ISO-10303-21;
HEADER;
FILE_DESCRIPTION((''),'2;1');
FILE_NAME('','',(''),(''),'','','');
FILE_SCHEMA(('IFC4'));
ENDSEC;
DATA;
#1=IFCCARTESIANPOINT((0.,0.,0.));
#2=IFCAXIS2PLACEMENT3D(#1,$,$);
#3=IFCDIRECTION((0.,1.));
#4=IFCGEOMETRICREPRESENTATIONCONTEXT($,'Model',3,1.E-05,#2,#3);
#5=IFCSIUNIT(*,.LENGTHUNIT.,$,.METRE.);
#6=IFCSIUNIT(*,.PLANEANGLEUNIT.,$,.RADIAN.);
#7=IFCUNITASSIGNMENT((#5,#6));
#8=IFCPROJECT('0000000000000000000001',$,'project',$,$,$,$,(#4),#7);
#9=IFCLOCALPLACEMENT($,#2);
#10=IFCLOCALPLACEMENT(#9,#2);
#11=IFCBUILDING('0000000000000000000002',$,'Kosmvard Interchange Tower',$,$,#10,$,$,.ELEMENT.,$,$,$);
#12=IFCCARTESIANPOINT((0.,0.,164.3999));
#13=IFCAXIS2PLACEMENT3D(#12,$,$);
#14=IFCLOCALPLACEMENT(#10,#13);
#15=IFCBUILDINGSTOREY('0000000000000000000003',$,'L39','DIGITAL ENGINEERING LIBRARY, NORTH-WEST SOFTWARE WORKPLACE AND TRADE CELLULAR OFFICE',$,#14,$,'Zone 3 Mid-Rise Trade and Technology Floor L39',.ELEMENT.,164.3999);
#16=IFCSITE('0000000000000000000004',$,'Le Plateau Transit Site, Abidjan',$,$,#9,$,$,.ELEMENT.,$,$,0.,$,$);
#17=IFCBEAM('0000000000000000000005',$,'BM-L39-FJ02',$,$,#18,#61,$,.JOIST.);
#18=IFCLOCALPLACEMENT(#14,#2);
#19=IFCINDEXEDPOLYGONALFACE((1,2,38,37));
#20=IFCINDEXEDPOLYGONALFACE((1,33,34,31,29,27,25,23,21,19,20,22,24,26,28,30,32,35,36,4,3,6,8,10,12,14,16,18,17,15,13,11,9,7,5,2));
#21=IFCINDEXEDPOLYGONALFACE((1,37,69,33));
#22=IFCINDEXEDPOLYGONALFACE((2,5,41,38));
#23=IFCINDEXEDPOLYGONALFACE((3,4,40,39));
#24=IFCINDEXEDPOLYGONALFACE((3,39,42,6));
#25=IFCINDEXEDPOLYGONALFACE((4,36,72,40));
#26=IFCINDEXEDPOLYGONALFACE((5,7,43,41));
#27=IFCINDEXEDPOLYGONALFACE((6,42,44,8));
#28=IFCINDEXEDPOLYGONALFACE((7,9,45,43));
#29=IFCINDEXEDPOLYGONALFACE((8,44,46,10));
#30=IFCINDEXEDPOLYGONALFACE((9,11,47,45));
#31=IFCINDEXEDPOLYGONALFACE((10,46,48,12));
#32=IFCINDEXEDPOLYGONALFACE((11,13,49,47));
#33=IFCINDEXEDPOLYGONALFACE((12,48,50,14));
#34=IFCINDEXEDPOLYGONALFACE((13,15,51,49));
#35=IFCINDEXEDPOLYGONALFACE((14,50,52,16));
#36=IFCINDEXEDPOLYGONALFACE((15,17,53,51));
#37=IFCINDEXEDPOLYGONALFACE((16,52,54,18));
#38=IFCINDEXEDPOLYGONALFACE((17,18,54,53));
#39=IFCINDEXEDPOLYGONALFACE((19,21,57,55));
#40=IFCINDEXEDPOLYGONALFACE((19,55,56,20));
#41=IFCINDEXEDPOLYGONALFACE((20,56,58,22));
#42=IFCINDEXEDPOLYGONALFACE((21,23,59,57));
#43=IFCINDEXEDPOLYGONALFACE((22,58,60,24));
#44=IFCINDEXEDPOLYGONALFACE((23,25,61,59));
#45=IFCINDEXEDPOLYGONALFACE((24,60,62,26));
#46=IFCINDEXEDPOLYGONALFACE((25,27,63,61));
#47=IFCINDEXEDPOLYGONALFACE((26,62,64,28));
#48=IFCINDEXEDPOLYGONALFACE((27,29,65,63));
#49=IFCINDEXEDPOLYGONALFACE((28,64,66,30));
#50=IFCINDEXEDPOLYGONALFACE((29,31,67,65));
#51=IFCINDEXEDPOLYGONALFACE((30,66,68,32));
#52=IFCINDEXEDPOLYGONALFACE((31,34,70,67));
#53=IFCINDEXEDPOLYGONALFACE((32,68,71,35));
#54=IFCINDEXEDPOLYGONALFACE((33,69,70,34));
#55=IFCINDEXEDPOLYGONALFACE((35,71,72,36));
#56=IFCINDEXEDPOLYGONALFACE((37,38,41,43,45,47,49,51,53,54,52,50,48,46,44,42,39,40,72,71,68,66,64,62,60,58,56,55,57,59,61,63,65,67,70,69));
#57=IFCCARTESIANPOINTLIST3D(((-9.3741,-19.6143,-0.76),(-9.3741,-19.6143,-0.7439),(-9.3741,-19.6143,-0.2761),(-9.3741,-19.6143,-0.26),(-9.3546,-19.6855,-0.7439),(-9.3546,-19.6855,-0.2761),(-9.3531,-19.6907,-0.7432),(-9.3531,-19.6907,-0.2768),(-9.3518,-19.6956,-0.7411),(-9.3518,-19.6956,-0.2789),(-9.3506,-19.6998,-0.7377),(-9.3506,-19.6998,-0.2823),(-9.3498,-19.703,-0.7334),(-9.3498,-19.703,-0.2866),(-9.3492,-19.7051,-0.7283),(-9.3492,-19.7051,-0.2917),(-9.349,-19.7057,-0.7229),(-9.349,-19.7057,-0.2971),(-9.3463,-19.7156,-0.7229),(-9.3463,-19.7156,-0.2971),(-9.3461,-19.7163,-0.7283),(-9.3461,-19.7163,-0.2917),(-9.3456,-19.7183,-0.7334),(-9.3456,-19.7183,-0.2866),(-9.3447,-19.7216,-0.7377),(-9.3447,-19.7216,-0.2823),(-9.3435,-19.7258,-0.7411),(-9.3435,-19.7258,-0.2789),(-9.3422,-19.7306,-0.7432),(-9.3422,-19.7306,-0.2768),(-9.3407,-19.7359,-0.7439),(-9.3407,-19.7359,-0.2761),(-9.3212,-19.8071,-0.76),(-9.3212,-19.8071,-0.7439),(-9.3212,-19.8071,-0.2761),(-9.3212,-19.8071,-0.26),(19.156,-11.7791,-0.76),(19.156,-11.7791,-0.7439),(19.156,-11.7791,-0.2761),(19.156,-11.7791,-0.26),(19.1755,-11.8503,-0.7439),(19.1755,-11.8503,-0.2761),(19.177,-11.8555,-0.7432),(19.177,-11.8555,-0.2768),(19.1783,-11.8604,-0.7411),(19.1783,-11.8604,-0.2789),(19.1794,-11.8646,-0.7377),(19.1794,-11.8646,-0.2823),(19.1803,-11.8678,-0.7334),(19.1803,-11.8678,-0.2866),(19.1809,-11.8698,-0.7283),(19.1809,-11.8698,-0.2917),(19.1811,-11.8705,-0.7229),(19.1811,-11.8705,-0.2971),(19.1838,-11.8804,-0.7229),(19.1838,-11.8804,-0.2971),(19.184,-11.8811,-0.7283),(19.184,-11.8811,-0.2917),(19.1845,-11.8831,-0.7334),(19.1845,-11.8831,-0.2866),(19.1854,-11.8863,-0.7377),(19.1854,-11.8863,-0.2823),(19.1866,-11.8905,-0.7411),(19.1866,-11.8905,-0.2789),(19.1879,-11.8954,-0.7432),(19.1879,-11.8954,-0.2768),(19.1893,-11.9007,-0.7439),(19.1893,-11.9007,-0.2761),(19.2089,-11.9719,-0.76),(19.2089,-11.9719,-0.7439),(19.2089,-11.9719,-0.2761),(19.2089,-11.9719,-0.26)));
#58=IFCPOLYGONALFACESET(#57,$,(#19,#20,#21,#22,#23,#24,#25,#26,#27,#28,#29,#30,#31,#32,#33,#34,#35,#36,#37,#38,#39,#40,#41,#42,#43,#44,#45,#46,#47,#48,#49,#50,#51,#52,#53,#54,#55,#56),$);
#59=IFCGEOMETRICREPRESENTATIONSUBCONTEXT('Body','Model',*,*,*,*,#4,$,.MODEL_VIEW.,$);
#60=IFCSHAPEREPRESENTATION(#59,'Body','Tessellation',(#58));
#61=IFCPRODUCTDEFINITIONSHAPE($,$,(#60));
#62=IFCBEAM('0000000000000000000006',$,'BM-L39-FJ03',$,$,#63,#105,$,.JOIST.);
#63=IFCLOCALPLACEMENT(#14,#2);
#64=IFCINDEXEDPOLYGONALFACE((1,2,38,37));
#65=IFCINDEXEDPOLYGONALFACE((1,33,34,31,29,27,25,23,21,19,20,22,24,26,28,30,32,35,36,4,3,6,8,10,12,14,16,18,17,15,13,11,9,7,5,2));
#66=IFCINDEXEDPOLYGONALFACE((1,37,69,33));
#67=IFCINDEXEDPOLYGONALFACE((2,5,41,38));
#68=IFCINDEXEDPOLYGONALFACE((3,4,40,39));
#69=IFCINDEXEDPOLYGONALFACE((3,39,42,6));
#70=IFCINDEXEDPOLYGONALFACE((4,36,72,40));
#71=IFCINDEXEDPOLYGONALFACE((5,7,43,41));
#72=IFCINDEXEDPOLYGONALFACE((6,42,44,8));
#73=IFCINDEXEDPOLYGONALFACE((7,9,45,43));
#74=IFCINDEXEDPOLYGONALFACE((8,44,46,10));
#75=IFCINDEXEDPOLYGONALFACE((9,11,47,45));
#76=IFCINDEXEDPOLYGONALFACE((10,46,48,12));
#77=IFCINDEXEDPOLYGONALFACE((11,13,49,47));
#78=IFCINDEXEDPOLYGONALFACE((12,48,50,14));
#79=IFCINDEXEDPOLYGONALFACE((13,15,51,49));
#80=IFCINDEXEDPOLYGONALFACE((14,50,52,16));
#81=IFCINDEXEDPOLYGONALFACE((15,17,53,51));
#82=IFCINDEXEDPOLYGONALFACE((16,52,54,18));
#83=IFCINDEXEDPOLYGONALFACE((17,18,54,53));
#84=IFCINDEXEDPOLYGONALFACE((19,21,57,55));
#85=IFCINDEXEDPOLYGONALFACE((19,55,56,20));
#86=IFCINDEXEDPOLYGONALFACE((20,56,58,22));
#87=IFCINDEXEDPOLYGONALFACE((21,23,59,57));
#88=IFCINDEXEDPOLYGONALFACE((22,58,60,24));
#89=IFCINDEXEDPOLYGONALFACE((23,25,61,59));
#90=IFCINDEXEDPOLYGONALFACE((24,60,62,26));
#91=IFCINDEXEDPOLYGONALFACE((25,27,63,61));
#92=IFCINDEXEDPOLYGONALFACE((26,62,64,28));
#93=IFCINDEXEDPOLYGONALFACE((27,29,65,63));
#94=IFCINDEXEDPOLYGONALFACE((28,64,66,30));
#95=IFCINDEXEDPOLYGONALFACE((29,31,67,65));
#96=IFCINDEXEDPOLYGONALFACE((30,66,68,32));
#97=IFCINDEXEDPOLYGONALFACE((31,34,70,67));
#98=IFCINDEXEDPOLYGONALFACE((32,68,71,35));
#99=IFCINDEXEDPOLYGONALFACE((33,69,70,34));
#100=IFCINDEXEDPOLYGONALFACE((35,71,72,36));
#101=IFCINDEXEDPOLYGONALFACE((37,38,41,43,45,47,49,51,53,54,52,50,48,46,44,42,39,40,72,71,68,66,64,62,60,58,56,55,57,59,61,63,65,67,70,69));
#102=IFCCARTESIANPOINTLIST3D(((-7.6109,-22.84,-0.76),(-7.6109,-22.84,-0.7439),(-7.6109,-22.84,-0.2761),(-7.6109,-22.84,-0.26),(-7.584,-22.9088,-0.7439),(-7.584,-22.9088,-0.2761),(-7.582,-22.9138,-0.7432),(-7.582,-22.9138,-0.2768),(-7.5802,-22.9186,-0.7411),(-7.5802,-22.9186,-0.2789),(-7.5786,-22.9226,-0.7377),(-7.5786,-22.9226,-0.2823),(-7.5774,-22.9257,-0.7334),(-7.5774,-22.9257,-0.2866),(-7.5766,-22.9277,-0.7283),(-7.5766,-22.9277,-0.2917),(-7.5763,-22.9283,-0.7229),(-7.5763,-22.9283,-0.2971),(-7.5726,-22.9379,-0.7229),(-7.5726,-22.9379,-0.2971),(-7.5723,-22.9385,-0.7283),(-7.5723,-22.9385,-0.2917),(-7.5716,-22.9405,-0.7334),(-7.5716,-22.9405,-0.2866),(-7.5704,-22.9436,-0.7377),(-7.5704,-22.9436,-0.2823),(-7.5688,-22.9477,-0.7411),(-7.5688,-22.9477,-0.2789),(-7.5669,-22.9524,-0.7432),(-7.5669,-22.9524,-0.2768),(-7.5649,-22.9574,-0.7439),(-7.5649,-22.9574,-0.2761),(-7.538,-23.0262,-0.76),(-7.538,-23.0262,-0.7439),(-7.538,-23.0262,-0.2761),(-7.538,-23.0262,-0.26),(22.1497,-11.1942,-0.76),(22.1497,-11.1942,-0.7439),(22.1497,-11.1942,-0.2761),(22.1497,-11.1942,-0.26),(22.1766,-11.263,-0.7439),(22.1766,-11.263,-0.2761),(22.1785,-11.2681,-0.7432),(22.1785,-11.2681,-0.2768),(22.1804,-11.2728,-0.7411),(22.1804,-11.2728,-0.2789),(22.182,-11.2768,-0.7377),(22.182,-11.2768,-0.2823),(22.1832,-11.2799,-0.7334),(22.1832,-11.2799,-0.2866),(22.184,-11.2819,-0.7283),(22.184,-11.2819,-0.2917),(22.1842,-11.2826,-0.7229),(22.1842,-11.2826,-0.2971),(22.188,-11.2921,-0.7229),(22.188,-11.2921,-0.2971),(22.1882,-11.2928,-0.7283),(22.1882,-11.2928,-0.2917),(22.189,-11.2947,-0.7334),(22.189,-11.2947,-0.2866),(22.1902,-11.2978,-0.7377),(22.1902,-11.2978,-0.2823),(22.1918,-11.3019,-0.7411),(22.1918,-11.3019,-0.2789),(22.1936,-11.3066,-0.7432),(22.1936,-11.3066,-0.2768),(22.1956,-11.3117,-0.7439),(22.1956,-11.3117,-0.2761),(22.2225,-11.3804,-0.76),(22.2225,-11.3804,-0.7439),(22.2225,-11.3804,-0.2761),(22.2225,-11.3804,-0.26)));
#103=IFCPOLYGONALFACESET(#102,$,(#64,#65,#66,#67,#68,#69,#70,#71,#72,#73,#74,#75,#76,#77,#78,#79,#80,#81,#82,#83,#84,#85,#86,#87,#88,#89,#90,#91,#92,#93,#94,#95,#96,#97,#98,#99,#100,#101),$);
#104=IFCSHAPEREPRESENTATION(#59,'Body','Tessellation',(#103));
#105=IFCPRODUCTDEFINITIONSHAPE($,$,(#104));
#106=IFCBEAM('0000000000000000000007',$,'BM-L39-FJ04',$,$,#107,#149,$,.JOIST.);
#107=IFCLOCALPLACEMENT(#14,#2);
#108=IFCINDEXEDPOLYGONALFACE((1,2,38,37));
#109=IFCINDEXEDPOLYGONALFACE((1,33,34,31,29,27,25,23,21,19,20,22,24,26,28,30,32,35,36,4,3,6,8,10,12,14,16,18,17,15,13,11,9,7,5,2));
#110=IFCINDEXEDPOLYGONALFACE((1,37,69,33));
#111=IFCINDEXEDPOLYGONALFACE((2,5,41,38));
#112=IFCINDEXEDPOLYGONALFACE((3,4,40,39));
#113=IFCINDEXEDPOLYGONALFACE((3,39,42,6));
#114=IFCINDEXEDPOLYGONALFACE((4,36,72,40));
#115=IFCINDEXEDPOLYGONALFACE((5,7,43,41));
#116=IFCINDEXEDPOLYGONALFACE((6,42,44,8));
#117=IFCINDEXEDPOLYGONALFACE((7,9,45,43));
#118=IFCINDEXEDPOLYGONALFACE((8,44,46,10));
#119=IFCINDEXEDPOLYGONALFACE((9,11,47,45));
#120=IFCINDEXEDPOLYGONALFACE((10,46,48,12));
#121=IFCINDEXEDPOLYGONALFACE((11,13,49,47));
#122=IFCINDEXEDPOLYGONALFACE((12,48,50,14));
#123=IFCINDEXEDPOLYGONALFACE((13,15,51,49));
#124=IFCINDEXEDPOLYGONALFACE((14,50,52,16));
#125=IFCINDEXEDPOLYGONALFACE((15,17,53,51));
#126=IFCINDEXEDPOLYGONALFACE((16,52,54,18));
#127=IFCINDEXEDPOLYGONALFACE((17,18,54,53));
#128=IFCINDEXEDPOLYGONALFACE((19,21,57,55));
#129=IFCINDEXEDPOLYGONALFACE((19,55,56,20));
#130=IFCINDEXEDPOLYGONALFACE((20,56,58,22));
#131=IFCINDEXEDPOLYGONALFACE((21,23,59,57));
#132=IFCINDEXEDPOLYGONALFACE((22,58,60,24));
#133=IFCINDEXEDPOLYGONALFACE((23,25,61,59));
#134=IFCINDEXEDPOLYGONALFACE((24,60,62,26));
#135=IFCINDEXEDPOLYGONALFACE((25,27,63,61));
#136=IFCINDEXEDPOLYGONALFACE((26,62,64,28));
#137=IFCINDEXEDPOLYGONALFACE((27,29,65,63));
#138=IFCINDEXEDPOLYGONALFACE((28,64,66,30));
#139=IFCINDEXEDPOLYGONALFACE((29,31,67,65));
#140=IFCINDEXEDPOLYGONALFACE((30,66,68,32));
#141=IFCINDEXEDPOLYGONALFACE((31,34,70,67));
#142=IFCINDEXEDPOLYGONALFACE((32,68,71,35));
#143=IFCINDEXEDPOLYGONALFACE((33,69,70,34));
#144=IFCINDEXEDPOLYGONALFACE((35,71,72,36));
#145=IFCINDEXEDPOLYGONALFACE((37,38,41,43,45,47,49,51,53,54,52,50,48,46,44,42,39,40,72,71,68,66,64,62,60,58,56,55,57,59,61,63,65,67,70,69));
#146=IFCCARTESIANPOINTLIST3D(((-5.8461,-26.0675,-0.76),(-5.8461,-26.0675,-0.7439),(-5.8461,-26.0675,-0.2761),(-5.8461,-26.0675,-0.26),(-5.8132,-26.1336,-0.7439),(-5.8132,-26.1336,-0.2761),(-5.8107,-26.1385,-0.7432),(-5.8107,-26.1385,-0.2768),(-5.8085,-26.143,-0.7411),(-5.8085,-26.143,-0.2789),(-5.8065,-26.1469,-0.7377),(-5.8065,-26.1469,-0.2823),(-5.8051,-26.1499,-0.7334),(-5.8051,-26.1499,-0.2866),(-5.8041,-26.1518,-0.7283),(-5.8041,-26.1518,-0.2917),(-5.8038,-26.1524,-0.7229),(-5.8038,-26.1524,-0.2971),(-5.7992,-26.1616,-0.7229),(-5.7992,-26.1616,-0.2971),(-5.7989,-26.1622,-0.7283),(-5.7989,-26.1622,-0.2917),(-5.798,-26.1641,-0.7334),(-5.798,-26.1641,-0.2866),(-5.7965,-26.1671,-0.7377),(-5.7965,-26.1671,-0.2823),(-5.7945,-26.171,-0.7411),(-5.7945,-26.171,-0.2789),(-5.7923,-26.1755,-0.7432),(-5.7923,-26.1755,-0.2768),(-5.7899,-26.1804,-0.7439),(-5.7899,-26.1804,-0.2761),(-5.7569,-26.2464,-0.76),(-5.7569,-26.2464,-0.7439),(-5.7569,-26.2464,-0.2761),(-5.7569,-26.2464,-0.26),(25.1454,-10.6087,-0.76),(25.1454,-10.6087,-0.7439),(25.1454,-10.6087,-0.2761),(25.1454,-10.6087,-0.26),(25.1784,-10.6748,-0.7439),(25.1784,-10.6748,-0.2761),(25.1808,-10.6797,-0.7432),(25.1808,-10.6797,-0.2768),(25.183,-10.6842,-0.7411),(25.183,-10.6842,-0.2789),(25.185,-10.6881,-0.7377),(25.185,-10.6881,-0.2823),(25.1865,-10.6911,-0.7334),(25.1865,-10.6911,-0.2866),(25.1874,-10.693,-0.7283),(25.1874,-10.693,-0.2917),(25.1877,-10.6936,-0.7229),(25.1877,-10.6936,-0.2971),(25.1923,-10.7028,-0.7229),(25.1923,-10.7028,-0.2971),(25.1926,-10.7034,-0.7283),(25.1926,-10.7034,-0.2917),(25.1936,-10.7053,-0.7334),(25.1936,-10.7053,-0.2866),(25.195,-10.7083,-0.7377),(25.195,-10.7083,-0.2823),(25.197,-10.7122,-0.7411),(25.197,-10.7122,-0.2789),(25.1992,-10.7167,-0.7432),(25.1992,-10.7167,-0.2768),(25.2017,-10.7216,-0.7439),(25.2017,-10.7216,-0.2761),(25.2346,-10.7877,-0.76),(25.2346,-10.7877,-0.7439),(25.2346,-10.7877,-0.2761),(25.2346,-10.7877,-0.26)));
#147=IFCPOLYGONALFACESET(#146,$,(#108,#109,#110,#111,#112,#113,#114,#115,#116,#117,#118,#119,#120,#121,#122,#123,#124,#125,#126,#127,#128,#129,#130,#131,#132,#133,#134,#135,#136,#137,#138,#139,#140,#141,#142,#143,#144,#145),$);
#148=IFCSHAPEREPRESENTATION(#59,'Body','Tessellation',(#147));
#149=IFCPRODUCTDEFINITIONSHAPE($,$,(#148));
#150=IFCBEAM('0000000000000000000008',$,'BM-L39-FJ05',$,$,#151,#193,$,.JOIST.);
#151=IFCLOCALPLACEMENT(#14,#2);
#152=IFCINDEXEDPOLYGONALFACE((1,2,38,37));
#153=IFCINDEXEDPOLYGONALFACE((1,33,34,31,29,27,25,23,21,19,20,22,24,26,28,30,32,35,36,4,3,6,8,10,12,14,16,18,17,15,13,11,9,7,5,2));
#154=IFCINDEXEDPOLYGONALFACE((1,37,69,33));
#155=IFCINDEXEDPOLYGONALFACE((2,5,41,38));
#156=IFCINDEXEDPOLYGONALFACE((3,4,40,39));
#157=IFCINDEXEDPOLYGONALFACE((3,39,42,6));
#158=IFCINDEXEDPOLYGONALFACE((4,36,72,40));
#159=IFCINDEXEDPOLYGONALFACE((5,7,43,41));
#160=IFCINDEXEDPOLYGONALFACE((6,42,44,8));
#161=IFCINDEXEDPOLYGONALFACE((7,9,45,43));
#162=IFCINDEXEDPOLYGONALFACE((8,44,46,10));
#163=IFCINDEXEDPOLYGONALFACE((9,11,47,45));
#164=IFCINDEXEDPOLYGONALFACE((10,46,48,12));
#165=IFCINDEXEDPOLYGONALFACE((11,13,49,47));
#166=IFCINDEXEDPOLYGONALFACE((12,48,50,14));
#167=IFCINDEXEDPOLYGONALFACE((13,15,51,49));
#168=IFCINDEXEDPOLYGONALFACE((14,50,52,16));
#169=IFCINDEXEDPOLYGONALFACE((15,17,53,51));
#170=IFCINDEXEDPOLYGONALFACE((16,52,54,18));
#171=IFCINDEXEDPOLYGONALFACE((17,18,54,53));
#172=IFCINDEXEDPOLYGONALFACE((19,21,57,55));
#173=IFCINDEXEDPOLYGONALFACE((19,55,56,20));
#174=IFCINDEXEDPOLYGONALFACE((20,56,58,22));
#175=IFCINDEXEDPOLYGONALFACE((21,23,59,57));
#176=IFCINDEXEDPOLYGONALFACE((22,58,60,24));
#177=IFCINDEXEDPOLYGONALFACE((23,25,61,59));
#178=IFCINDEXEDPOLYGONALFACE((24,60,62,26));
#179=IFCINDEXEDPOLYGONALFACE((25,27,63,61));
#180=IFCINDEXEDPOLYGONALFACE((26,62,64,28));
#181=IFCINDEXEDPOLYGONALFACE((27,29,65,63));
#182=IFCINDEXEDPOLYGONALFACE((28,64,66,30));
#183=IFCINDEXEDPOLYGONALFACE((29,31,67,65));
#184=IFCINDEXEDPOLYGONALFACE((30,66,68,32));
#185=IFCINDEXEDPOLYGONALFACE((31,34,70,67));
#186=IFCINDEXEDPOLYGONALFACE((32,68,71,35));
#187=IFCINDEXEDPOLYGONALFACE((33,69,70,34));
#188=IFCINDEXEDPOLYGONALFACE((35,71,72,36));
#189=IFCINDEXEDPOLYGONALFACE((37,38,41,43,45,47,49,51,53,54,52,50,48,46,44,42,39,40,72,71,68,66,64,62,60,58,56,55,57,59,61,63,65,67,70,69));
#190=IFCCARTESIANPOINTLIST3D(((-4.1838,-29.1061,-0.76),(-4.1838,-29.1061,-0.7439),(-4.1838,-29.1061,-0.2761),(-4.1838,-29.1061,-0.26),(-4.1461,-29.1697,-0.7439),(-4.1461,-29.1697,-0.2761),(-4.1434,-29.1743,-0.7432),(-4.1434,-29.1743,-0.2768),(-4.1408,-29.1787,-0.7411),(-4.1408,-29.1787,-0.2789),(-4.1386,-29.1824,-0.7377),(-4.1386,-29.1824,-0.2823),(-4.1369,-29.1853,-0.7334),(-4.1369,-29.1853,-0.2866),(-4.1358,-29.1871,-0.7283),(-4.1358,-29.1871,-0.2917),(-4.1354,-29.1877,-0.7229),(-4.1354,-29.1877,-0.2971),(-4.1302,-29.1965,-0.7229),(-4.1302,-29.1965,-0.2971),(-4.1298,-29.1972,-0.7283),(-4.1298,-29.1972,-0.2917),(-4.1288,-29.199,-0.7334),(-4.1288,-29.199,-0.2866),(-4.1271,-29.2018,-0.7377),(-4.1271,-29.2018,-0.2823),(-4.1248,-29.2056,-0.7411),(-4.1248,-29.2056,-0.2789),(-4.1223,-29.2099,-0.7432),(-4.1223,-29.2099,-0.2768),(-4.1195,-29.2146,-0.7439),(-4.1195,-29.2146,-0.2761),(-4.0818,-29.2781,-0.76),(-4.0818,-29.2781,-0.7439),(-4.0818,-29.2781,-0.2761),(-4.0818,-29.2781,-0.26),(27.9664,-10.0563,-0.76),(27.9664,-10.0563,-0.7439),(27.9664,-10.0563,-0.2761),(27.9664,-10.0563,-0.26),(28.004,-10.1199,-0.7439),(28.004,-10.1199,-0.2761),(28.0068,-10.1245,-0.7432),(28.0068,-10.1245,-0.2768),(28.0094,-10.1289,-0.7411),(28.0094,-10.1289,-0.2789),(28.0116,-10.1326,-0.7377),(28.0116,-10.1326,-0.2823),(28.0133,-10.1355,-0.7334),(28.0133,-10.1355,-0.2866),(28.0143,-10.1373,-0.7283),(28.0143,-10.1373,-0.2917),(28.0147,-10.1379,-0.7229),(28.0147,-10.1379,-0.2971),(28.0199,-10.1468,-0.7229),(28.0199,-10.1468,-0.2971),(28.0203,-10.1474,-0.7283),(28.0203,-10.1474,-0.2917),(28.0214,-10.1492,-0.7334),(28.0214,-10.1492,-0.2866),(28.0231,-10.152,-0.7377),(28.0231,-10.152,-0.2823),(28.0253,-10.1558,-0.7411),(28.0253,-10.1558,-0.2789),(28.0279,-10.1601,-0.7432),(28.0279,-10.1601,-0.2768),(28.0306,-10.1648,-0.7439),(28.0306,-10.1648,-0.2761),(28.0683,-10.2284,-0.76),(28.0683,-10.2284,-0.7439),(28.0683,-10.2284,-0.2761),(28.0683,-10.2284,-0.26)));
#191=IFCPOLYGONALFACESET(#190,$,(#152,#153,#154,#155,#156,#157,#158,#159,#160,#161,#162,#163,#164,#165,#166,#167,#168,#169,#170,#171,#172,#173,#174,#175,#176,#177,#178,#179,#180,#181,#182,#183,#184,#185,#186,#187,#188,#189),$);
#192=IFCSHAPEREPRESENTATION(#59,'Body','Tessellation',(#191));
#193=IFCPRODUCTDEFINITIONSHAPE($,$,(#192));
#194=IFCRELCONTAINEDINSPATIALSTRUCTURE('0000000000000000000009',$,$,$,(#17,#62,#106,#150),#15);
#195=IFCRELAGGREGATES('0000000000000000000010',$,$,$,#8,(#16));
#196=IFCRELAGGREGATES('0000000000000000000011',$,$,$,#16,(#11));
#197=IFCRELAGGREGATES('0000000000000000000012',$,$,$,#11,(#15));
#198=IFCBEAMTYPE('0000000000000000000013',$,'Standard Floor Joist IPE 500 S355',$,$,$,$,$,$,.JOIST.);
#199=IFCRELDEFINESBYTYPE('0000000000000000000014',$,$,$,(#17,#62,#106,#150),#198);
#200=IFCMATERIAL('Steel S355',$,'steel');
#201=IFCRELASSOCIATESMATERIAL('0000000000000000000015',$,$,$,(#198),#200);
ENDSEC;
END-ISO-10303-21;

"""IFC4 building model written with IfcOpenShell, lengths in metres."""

from ifc_helpers import new_model, si_unit, direction, frame, origin, origin_2d, place, context, subcontext, project, spatial, i_section, extrude, source, transform, mapped, material, material_profile, profile_set, type_object, element, save


model = new_model("IFC4")

# Units and contexts
model_context = context("Model", 3, precision=1e-05, world=origin(), true_north=direction((0.0, 1.0)))
body_context = subcontext(model_context, "Body", "Model", "MODEL_VIEW")
ifc_project = project(units=[si_unit("LENGTHUNIT", "METRE"), si_unit("PLANEANGLEUNIT", "RADIAN")], contexts=[model_context])

# Site, building, storey
site_placement = place(None, origin())
site = spatial("IfcSite", under=ifc_project, at=site_placement, Name="Le Plateau Transit Site, Abidjan", CompositionType="ELEMENT", RefElevation=0.0)
building_placement = place(site_placement, origin())
building = spatial("IfcBuilding", under=site, at=building_placement, Name="Kosmvard Interchange Tower", CompositionType="ELEMENT")
storey_placement = place(building_placement, frame((0.0, 0.0, 164.3999)))
storey = spatial("IfcBuildingStorey", under=building, at=storey_placement, Name="L39", Description="DIGITAL ENGINEERING LIBRARY, NORTH-WEST SOFTWARE WORKPLACE AND TRADE CELLULAR OFFICE", LongName="Zone 3 Mid-Rise Trade and Technology Floor L39", CompositionType="ELEMENT", Elevation=164.3999)

# Beams
ifc_material_1 = material(Name="Steel S355", Category="steel")
ifc_material_profile_1 = material_profile(ifc_material_1, i_section(OverallWidth=0.2, OverallDepth=0.5, WebThickness=0.0103, FlangeThickness=0.0161, FilletRadius=0.021, at=origin_2d()), Name="IPE 500")
ifc_profile_set_1 = profile_set([ifc_material_profile_1], Name="Steel S355")
beam_type_1 = type_object("IfcBeamType", Name="Standard Floor Joist IPE 500 S355", PredefinedType="JOIST", material=ifc_profile_set_1)
shared_shape_1 = source(origin(), body_context, "Body", "SweptSolid", [
    extrude(i_section(OverallWidth=0.2, OverallDepth=0.5, WebThickness=0.0103, FlangeThickness=0.0161, FilletRadius=0.021, at=origin_2d()), origin(), (0.0, 0.0, 1.0), 29.5864),
])
beam_1_placement = place(storey_placement, frame((-9.3477, -19.7107, -0.51), z_axis=(0.964297, 0.264825, 0.0), x_axis=(-0.264825, 0.964297, 0.0)))
element("IfcBeam", 1, at=beam_1_placement, inside=storey, type_object=beam_type_1, Name="BM-L39-FJ02", PredefinedType="JOIST", context=body_context, shape_type="MappedRepresentation", body=[
    mapped(shared_shape_1, transform((0.0, 0.0, 0.0), scale=1.0)),
])
shared_shape_2 = source(origin(), body_context, "Body", "SweptSolid", [
    extrude(i_section(OverallWidth=0.2, OverallDepth=0.5, WebThickness=0.0103, FlangeThickness=0.0161, FilletRadius=0.021, at=origin_2d()), origin(), (0.0, 0.0, 1.0), 31.958),
])
beam_2_placement = place(storey_placement, frame((-7.5745, -22.9331, -0.51), z_axis=(0.931239, 0.364409, 0.0), x_axis=(-0.364409, 0.931239, 0.0)))
element("IfcBeam", 2, at=beam_2_placement, inside=storey, type_object=beam_type_1, Name="BM-L39-FJ03", PredefinedType="JOIST", context=body_context, shape_type="MappedRepresentation", body=[
    mapped(shared_shape_2, transform((0.0, 0.0, 0.0), scale=1.0)),
])
shared_shape_3 = source(origin(), body_context, "Body", "SweptSolid", [
    extrude(i_section(OverallWidth=0.2, OverallDepth=0.5, WebThickness=0.0103, FlangeThickness=0.0161, FilletRadius=0.021, at=origin_2d()), origin(), (0.0, 0.0, 1.0), 34.6331),
])
beam_3_placement = place(storey_placement, frame((-5.8015, -26.157, -0.51), z_axis=(0.894854, 0.446359, 0.0), x_axis=(-0.446359, 0.894854, 0.0)))
element("IfcBeam", 3, at=beam_3_placement, inside=storey, type_object=beam_type_1, Name="BM-L39-FJ04", PredefinedType="JOIST", context=body_context, shape_type="MappedRepresentation", body=[
    mapped(shared_shape_3, transform((0.0, 0.0, 0.0), scale=1.0)),
])
shared_shape_4 = source(origin(), body_context, "Body", "SweptSolid", [
    extrude(i_section(OverallWidth=0.2, OverallDepth=0.5, WebThickness=0.0103, FlangeThickness=0.0161, FilletRadius=0.021, at=origin_2d()), origin(), (0.0, 0.0, 1.0), 37.3701),
])
beam_4_placement = place(storey_placement, frame((-4.1328, -29.1921, -0.51), z_axis=(0.860317, 0.50976, 0.0), x_axis=(-0.50976, 0.860317, 0.0)))
element("IfcBeam", 4, at=beam_4_placement, inside=storey, type_object=beam_type_1, Name="BM-L39-FJ05", PredefinedType="JOIST", context=body_context, shape_type="MappedRepresentation", body=[
    mapped(shared_shape_4, transform((0.0, 0.0, 0.0), scale=1.0)),
])

save(model, "model.ifc")
